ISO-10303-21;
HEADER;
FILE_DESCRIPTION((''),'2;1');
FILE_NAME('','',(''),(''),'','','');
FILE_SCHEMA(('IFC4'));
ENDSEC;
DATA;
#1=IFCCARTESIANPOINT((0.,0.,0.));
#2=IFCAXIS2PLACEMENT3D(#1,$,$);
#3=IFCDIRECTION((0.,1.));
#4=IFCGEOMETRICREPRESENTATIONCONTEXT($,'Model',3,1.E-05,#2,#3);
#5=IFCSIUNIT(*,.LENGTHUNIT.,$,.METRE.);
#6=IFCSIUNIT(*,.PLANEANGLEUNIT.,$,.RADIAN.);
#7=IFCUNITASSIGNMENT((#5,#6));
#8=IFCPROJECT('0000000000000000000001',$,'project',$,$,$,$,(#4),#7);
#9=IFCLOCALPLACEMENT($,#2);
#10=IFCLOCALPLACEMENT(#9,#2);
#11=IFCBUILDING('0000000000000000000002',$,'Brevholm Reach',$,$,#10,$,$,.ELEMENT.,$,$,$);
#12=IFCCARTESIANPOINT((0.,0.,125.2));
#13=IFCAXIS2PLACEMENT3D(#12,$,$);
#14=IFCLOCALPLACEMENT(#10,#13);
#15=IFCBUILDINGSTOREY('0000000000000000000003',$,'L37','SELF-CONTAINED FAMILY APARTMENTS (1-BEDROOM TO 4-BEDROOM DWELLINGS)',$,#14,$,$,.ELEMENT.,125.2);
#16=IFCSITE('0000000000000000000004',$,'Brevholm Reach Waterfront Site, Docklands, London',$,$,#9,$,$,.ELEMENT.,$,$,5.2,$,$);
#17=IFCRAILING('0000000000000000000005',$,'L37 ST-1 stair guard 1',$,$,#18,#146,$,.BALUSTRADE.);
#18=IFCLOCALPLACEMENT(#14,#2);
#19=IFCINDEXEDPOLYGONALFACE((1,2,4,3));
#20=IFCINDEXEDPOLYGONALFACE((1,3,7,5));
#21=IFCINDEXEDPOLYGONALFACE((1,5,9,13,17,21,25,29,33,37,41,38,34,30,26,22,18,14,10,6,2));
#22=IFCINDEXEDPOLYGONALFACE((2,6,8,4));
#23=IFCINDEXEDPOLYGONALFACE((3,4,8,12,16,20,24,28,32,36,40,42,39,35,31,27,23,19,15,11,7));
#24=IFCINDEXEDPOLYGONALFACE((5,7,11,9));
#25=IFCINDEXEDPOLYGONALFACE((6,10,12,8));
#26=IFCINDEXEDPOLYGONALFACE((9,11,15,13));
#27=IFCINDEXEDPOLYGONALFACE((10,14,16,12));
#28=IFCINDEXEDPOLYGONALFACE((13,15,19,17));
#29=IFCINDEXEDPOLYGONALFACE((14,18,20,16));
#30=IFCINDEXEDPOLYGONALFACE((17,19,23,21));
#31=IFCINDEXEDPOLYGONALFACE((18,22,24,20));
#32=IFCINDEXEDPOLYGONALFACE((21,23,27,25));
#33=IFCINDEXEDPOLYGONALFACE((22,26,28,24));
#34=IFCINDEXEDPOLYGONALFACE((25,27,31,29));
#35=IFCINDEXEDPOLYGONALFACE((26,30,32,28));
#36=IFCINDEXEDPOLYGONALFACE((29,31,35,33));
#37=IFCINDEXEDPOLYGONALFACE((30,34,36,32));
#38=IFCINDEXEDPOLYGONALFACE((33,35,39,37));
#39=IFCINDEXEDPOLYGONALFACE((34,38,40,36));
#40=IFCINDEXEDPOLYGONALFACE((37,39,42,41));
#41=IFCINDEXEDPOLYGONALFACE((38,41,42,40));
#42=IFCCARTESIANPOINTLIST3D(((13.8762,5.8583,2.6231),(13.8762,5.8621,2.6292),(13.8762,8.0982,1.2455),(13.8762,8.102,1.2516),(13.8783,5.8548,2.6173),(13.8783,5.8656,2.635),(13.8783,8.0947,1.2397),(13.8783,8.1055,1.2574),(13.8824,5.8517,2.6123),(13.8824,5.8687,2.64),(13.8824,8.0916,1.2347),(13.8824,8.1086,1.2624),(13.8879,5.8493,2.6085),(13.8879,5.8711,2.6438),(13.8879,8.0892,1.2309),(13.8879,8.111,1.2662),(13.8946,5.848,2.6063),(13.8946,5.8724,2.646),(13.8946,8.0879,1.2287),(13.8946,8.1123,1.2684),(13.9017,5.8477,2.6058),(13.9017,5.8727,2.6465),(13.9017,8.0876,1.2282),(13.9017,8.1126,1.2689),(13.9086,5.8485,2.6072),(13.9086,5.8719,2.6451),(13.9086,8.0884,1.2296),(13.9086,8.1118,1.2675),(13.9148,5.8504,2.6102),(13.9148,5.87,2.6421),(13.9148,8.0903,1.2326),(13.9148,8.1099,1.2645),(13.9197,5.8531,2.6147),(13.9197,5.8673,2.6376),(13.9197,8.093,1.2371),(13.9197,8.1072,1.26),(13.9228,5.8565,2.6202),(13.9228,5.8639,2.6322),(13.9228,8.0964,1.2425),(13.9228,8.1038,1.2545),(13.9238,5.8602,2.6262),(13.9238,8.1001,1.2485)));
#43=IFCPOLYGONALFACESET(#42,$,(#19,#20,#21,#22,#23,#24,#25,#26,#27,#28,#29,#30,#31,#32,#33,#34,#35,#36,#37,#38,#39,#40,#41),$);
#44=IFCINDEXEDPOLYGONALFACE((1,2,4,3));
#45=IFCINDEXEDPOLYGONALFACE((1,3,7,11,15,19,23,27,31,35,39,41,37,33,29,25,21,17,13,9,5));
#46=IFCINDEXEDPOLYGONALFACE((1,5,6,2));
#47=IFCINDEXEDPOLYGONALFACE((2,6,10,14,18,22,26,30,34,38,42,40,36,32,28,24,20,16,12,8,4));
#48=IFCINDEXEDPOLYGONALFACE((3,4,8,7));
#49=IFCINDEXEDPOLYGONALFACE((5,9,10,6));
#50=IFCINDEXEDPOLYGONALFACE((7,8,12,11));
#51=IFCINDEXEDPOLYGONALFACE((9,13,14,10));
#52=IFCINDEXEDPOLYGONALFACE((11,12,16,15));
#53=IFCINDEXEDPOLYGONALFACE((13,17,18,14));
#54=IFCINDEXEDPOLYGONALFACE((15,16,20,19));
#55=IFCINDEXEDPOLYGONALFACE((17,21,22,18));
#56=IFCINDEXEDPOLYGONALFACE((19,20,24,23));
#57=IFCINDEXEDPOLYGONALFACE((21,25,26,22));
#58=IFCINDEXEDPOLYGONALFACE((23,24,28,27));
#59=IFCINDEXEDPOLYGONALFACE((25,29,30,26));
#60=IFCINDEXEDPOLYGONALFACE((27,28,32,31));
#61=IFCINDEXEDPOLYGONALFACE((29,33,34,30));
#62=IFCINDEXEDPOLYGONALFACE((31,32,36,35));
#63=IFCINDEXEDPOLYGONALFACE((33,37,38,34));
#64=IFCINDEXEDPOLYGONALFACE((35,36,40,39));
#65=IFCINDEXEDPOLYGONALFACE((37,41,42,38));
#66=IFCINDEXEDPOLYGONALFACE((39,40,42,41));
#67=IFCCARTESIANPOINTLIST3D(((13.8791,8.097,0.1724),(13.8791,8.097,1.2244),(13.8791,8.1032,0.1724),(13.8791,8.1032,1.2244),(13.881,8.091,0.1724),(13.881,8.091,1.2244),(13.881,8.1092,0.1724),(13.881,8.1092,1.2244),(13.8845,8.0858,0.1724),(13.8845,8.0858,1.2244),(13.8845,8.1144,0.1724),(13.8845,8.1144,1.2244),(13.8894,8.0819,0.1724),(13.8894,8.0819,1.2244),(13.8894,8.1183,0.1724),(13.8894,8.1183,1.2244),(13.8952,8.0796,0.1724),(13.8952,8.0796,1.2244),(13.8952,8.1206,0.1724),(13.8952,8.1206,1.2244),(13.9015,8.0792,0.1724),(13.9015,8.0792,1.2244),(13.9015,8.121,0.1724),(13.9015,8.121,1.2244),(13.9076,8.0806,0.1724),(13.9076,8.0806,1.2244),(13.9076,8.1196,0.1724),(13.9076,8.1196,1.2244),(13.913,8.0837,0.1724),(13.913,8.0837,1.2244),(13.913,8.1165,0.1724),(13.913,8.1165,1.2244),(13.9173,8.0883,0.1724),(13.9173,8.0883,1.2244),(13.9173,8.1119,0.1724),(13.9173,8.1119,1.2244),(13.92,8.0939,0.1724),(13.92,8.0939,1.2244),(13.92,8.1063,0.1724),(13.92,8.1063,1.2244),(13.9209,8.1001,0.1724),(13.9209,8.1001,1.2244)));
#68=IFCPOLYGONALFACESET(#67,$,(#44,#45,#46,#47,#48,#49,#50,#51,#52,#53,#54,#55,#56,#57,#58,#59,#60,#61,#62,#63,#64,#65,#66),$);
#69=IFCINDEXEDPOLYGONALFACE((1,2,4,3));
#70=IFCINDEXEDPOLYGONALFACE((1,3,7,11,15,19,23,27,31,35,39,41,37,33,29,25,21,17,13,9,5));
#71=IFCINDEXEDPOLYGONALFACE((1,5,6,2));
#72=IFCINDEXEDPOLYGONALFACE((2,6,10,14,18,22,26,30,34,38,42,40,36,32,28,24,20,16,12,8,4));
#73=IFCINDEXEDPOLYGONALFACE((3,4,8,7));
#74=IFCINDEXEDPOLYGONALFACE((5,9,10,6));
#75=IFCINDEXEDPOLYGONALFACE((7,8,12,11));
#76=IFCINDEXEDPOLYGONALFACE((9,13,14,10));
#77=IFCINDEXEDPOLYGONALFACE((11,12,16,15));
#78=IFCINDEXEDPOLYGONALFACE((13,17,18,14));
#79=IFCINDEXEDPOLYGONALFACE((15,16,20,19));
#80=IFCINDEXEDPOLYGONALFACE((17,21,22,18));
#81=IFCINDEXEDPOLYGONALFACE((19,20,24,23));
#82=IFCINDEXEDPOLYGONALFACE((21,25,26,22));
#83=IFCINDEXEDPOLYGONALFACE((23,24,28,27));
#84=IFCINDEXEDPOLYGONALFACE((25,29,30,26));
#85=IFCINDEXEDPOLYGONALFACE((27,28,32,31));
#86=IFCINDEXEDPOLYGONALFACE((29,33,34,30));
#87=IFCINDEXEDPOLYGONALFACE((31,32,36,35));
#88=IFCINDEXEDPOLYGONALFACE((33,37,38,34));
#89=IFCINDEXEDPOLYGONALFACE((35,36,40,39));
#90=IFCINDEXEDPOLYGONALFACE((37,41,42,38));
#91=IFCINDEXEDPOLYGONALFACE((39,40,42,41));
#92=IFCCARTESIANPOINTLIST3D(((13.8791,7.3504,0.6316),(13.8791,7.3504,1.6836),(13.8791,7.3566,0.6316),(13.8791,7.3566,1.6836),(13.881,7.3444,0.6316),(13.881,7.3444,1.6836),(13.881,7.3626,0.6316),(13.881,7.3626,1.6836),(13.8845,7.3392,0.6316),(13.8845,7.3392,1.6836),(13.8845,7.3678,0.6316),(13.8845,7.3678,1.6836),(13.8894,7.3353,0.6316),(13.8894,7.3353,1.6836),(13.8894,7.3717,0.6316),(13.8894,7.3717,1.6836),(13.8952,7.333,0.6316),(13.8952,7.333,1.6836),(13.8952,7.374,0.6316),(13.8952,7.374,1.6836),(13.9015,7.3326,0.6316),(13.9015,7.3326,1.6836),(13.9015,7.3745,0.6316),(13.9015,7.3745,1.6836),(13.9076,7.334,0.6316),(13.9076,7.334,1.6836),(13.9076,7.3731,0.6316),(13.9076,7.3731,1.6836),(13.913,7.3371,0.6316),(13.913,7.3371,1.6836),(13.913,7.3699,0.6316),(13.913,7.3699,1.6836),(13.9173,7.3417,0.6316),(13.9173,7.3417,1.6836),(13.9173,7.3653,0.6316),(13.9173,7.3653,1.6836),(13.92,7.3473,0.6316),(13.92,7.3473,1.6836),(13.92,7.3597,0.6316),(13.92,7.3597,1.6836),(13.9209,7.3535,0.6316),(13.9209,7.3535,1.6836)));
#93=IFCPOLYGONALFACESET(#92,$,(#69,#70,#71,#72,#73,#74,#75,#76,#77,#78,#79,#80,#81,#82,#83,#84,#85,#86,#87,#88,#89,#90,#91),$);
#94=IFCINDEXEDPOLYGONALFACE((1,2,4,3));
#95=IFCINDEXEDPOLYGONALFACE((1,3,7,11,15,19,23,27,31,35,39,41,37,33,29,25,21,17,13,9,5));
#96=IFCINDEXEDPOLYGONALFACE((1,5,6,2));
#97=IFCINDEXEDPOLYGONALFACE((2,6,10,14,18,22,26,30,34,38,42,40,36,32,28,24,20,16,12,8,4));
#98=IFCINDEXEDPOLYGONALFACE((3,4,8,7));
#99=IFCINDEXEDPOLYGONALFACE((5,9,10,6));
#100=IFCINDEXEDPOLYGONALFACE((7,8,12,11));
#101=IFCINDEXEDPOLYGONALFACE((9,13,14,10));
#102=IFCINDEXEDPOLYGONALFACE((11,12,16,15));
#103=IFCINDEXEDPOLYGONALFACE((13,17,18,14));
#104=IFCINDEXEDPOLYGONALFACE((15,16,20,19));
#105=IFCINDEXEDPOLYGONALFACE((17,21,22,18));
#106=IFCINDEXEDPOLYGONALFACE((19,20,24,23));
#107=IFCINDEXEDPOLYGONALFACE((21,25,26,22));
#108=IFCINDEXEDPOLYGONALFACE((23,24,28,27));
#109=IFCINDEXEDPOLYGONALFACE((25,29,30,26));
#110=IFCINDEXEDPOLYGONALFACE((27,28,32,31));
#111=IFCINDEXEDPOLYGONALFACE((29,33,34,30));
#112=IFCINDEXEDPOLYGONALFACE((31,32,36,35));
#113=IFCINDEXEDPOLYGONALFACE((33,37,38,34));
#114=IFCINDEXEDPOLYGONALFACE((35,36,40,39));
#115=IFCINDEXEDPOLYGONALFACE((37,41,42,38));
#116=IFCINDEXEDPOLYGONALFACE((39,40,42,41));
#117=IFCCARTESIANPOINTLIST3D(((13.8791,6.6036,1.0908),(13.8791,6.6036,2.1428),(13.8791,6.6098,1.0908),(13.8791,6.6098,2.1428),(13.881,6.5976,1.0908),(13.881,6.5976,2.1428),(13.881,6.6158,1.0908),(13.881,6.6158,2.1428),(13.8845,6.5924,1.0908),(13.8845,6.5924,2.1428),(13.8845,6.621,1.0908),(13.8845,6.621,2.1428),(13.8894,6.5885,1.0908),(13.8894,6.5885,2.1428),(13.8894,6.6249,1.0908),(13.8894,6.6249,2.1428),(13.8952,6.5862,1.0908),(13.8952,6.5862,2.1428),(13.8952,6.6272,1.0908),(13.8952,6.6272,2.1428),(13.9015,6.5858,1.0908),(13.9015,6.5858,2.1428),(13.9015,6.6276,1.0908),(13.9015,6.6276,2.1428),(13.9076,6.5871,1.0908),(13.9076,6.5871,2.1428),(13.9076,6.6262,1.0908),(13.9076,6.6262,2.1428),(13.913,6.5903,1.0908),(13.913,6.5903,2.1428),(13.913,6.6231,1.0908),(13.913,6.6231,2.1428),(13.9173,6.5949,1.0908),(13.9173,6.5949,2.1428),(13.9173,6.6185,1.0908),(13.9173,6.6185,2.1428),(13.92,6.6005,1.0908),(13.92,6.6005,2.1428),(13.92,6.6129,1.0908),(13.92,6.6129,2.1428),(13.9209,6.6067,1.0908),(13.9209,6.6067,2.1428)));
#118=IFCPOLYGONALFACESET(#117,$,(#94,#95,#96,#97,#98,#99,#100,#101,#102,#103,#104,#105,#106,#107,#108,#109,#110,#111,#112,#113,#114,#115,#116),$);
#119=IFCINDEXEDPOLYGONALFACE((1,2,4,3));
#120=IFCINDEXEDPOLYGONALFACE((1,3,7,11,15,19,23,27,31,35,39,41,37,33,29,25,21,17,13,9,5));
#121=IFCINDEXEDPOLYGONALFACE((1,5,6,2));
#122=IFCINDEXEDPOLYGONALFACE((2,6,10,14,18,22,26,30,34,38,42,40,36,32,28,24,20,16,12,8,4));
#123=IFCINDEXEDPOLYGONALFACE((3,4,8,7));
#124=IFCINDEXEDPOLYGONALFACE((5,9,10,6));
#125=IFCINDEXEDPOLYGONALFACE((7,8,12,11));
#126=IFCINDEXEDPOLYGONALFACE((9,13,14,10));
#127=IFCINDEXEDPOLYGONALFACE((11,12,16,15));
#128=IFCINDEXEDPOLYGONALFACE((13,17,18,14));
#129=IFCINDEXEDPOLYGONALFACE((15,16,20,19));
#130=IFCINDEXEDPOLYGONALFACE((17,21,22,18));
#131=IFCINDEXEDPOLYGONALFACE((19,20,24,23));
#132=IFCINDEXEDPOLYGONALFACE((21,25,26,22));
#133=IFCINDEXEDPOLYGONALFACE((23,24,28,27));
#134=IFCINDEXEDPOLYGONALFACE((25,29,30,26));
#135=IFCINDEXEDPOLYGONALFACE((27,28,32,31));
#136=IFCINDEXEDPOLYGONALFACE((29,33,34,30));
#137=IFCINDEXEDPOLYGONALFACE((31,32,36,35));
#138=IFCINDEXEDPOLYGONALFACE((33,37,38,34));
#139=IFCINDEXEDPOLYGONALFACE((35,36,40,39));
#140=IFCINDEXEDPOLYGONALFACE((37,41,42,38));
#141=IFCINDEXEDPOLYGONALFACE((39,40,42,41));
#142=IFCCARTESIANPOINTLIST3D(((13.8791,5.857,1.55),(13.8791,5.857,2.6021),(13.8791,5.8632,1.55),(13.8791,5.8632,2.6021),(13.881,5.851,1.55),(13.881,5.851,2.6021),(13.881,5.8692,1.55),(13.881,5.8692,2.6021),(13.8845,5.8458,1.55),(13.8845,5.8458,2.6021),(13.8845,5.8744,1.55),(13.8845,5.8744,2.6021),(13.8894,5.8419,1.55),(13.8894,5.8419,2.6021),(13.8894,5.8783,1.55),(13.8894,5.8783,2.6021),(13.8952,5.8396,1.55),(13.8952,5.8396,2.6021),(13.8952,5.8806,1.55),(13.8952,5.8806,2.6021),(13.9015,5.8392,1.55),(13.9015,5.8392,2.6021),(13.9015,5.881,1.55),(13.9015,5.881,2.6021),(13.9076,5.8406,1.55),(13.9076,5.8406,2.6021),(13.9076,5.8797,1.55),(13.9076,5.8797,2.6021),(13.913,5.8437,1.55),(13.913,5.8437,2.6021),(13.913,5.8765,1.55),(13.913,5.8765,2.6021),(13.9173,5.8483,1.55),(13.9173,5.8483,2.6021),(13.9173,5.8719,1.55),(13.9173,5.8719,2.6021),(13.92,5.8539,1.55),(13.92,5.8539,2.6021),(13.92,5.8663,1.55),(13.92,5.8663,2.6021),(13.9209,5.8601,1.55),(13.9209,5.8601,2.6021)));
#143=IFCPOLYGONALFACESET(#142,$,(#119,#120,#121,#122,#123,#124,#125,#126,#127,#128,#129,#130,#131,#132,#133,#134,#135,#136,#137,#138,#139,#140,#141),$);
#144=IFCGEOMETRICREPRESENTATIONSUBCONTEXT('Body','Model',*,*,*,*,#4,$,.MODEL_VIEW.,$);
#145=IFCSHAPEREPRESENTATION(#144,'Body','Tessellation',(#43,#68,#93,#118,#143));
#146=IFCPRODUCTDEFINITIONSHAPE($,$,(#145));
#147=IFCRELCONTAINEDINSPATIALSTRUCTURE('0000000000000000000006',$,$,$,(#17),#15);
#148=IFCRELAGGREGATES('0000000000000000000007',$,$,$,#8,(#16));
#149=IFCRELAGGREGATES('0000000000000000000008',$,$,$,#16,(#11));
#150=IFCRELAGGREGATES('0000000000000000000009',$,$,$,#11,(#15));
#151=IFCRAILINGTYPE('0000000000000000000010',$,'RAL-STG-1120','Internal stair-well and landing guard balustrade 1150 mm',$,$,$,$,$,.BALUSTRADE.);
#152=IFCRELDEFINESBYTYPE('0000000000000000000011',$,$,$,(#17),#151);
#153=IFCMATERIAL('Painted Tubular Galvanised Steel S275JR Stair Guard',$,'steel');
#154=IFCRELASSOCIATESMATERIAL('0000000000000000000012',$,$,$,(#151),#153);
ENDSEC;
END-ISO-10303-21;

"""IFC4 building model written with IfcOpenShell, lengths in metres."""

from ifc_helpers import new_model, si_unit, direction, frame, origin, origin_2d, place, context, subcontext, project, spatial, circle, extrude, material, type_object, element, save


model = new_model("IFC4")

# Units and contexts
model_context = context("Model", 3, precision=1e-05, world=origin(), true_north=direction((0.0, 1.0)))
body_context = subcontext(model_context, "Body", "Model", "MODEL_VIEW")
ifc_project = project(units=[si_unit("LENGTHUNIT", "METRE"), si_unit("PLANEANGLEUNIT", "RADIAN")], contexts=[model_context])

# Site, building, storey
site_placement = place(None, origin())
site = spatial("IfcSite", under=ifc_project, at=site_placement, Name="Brevholm Reach Waterfront Site, Docklands, London", CompositionType="ELEMENT", RefElevation=5.2)
building_placement = place(site_placement, origin())
building = spatial("IfcBuilding", under=site, at=building_placement, Name="Brevholm Reach", CompositionType="ELEMENT")
storey_placement = place(building_placement, frame((0.0, 0.0, 125.2)))
storey = spatial("IfcBuildingStorey", under=building, at=storey_placement, Name="L37", Description="SELF-CONTAINED FAMILY APARTMENTS (1-BEDROOM TO 4-BEDROOM DWELLINGS)", CompositionType="ELEMENT", Elevation=125.2)

# Railing
ifc_material_1 = material(Name="Painted Tubular Galvanised Steel S275JR Stair Guard", Category="steel")
railing_type = type_object("IfcRailingType", Name="RAL-STG-1120", Description="Internal stair-well and landing guard balustrade 1150 mm", PredefinedType="BALUSTRADE", material=ifc_material_1)
railing_1_placement = place(storey_placement, frame((13.8999, 8.1001, 0.1724)))
element("IfcRailing", 1, at=railing_1_placement, inside=storey, type_object=railing_type, Name="L37 ST-1 stair guard 1", PredefinedType="BALUSTRADE", context=body_context, shape_type="SweptSolid", body=[
    extrude(circle(Radius=0.0239, at=origin_2d()), frame((0.0, 0.0, 1.0762), z_axis=(0.0, -0.851789, 0.523885), x_axis=(1.0, 0.0, 0.0)), (0.0, 0.0, 1.0), 2.6296),
    extrude(circle(Radius=0.021, at=origin_2d()), origin(), (0.0, 0.0, 1.0), 1.052),
    extrude(circle(Radius=0.021, at=origin_2d()), frame((0.0, -0.7466, 0.4592)), (0.0, 0.0, 1.0), 1.052),
    extrude(circle(Radius=0.021, at=origin_2d()), frame((0.0, -1.4934, 0.9185)), (0.0, 0.0, 1.0), 1.052),
    extrude(circle(Radius=0.021, at=origin_2d()), frame((0.0, -2.24, 1.3777)), (0.0, 0.0, 1.0), 1.052),
])

save(model, "model.ifc")
